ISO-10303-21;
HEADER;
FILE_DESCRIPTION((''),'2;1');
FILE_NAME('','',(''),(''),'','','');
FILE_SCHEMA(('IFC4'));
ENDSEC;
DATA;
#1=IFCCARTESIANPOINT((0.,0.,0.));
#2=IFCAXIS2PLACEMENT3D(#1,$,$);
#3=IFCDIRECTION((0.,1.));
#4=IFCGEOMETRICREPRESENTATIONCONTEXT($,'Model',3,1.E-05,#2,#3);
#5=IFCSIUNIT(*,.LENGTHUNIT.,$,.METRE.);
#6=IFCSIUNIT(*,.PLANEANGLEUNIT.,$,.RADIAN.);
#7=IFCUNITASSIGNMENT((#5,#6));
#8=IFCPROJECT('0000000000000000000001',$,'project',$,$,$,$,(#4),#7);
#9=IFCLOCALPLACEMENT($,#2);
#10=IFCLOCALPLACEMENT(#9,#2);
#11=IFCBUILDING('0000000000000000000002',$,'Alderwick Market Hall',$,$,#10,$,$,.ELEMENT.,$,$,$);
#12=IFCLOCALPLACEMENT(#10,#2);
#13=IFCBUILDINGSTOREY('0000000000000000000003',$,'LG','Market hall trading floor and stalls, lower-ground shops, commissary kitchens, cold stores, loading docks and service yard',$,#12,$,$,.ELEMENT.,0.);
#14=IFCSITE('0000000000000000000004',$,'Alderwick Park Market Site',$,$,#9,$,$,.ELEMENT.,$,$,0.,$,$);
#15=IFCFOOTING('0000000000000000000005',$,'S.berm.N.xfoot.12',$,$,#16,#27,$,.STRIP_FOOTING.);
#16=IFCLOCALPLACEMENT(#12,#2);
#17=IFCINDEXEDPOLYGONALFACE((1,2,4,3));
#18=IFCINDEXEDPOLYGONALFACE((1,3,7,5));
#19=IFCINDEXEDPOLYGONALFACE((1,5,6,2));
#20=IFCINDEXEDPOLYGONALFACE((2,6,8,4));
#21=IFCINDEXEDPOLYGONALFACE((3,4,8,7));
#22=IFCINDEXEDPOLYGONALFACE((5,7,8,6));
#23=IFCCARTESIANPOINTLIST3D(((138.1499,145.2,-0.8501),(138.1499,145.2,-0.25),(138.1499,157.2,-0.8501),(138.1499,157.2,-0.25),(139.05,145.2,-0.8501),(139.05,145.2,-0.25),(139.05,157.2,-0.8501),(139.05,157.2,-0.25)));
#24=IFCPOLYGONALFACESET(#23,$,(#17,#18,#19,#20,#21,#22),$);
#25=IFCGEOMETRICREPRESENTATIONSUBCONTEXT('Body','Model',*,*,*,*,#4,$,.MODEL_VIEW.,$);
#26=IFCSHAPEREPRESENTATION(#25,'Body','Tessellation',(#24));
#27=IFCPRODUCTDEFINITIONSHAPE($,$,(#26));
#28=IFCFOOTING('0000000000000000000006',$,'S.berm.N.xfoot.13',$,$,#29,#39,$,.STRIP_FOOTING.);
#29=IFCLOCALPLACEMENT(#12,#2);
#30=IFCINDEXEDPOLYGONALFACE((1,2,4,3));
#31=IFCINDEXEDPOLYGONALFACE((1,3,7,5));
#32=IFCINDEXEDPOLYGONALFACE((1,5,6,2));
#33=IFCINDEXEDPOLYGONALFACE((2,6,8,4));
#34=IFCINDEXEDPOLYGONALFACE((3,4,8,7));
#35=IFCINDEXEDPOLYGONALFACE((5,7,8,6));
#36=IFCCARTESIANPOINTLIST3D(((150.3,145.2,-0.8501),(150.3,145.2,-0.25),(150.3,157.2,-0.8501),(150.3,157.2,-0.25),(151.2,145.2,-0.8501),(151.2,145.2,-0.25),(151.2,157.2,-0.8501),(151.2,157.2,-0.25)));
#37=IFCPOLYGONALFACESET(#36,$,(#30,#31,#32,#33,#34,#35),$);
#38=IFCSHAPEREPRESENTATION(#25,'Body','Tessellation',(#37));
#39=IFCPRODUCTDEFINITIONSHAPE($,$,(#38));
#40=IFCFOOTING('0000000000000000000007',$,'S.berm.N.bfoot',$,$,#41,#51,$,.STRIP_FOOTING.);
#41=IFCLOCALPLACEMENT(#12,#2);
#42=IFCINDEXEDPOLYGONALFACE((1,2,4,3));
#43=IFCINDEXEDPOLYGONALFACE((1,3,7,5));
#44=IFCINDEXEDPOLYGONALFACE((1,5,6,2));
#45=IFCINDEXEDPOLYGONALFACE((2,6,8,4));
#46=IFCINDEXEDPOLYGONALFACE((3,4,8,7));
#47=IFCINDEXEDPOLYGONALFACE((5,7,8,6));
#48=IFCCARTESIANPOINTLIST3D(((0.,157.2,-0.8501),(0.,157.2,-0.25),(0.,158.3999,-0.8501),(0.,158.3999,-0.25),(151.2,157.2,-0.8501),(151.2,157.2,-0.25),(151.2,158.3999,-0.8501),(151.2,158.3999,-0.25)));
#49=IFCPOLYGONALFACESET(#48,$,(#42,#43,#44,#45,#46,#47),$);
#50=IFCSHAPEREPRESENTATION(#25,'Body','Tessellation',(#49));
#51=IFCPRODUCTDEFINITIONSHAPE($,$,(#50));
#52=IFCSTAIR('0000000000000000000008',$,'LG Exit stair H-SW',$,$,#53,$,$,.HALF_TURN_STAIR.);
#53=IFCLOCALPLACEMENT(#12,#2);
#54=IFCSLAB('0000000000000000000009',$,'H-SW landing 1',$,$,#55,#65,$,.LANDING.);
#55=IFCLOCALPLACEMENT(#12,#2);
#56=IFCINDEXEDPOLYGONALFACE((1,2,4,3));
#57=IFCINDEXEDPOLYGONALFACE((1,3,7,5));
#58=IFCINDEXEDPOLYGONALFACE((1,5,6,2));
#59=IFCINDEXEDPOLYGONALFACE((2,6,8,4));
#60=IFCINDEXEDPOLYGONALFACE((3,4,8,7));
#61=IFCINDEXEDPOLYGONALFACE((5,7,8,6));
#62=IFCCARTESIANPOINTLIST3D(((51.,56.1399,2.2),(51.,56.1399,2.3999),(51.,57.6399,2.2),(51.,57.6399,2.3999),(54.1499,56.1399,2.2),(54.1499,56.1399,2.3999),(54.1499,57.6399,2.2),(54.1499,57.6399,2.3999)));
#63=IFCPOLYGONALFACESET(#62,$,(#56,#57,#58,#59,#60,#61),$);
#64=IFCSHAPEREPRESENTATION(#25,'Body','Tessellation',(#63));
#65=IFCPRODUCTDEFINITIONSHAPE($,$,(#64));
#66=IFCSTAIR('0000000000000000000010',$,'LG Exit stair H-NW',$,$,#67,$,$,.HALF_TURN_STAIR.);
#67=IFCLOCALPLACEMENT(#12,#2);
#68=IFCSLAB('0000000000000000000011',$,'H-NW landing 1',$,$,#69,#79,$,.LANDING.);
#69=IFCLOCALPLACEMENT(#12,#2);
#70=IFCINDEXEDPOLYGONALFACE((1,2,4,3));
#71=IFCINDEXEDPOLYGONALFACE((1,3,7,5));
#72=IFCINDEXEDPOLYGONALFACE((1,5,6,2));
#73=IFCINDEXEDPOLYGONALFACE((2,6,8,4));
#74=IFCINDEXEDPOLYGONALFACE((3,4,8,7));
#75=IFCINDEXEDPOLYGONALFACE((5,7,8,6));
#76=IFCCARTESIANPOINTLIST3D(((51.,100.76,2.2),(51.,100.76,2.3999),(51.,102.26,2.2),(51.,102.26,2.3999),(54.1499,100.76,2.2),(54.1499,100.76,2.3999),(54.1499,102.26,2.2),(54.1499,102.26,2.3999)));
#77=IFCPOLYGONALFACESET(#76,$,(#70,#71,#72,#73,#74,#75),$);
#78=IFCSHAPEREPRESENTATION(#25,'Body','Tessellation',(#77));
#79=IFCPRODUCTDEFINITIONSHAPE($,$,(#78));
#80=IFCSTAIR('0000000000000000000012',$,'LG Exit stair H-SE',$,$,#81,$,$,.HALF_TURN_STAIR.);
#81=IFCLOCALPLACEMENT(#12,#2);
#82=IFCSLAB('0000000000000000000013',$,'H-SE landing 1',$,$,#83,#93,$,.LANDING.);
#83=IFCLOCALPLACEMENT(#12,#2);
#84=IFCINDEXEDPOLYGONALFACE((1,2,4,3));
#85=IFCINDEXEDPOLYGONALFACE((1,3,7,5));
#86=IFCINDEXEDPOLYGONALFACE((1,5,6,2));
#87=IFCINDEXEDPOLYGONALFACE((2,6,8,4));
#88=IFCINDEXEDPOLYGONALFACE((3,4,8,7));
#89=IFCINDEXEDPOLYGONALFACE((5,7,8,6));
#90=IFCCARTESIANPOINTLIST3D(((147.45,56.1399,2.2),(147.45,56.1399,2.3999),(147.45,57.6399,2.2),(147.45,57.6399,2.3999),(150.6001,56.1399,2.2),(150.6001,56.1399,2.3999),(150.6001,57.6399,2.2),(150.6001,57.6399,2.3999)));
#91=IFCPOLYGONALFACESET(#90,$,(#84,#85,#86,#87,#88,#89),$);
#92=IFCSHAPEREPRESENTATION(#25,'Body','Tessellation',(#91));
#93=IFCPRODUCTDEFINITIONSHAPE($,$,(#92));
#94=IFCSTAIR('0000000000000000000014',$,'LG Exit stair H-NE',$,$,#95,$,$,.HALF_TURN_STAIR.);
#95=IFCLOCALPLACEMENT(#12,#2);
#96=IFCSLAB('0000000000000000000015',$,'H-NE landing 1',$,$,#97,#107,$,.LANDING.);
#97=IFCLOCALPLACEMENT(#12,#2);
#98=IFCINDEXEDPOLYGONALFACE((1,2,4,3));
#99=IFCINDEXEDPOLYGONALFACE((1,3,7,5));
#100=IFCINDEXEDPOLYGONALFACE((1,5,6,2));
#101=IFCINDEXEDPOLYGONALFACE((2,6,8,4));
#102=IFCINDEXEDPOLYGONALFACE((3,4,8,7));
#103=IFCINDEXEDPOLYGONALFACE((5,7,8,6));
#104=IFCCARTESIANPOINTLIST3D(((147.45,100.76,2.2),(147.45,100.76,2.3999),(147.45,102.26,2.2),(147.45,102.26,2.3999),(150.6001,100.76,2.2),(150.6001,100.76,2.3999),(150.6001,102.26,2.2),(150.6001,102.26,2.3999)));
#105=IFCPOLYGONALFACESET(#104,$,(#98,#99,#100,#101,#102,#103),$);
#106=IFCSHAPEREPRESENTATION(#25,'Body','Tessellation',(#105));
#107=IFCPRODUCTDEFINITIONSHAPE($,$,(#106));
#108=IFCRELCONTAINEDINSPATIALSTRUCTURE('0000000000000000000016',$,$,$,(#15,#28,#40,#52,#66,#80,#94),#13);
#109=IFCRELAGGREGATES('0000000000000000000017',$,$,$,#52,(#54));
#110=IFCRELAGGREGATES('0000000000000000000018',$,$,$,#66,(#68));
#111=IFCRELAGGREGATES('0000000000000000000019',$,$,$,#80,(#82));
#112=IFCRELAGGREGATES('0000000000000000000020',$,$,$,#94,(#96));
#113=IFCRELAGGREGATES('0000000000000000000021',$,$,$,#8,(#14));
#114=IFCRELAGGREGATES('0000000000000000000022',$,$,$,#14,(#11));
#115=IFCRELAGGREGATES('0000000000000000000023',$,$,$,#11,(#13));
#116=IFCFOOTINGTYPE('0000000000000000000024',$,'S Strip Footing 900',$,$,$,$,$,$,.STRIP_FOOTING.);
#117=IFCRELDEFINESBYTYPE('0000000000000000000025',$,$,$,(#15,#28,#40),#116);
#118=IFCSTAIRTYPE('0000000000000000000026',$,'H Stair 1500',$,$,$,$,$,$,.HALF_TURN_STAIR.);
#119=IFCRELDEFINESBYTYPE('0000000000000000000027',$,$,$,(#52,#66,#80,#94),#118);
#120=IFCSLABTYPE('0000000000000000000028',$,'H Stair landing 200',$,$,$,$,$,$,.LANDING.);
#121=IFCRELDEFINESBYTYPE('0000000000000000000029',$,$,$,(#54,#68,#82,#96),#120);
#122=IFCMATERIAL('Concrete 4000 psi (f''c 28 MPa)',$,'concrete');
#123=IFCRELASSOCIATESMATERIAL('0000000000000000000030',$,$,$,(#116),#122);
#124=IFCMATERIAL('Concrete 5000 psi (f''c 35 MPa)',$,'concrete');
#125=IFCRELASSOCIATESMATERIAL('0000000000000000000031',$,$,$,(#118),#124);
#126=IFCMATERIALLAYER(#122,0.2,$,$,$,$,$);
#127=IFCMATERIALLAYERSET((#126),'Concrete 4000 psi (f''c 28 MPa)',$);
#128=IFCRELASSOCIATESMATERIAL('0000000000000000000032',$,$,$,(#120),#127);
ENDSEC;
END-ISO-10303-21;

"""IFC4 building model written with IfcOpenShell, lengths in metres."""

from ifc_helpers import new_model, si_unit, direction, frame, origin, place, context, subcontext, project, spatial, polyline, outline, extrude, material, layer, layer_set, type_object, element, aggregate, save


model = new_model("IFC4")

# Units and contexts
model_context = context("Model", 3, precision=1e-05, world=origin(), true_north=direction((0.0, 1.0)))
body_context = subcontext(model_context, "Body", "Model", "MODEL_VIEW")
ifc_project = project(units=[si_unit("LENGTHUNIT", "METRE"), si_unit("PLANEANGLEUNIT", "RADIAN")], contexts=[model_context])

# Site, building, storey
site_placement = place(None, origin())
site = spatial("IfcSite", under=ifc_project, at=site_placement, Name="Alderwick Park Market Site", CompositionType="ELEMENT", RefElevation=0.0)
building_placement = place(site_placement, origin())
building = spatial("IfcBuilding", under=site, at=building_placement, Name="Alderwick Market Hall", CompositionType="ELEMENT")
storey_placement = place(building_placement, origin())
storey = spatial("IfcBuildingStorey", under=building, at=storey_placement, Name="LG", Description="Market hall trading floor and stalls, lower-ground shops, commissary kitchens, cold stores, loading docks and service yard", CompositionType="ELEMENT", Elevation=0.0)

# Footings
ifc_material_1 = material(Name="Concrete 4000 psi (f'c 28 MPa)", Category="concrete")
footing_type = type_object("IfcFootingType", Name="S Strip Footing 900", PredefinedType="STRIP_FOOTING", material=ifc_material_1)
footing_1_placement = place(storey_placement, frame((0.0, 0.0, -0.8501)))
element("IfcFooting", 1, at=footing_1_placement, inside=storey, type_object=footing_type, Name="S.berm.N.xfoot.12", PredefinedType="STRIP_FOOTING", context=body_context, shape_type="SweptSolid", body=[
    extrude(outline(polyline([(139.05, 145.2), (139.05, 157.2), (138.1499, 157.2), (138.1499, 145.2), (139.05, 145.2)])), origin(), (0.0, 0.0, 1.0), 0.6001),
])
footing_2_placement = place(storey_placement, frame((0.0, 0.0, -0.8501)))
element("IfcFooting", 2, at=footing_2_placement, inside=storey, type_object=footing_type, Name="S.berm.N.xfoot.13", PredefinedType="STRIP_FOOTING", context=body_context, shape_type="SweptSolid", body=[
    extrude(outline(polyline([(151.2, 145.2), (151.2, 157.2), (150.3, 157.2), (150.3, 145.2), (151.2, 145.2)])), origin(), (0.0, 0.0, 1.0), 0.6001),
])
footing_3_placement = place(storey_placement, frame((0.0, 0.0, -0.8501)))
element("IfcFooting", 3, at=footing_3_placement, inside=storey, type_object=footing_type, Name="S.berm.N.bfoot", PredefinedType="STRIP_FOOTING", context=body_context, shape_type="SweptSolid", body=[
    extrude(outline(polyline([(151.2, 157.2), (151.2, 158.3999), (0.0, 158.3999), (0.0, 157.2), (151.2, 157.2)])), origin(), (0.0, 0.0, 1.0), 0.6001),
])

# Stairs, slabs
ifc_material_2 = material(Name="Concrete 5000 psi (f'c 35 MPa)", Category="concrete")
stair_type = type_object("IfcStairType", Name="H Stair 1500", PredefinedType="HALF_TURN_STAIR", material=ifc_material_2)
stair_1_placement = place(storey_placement, origin())
stair_1 = element("IfcStair", 4, at=stair_1_placement, inside=storey, type_object=stair_type, Name="LG Exit stair H-SW", PredefinedType="HALF_TURN_STAIR")
ifc_layer = layer(ifc_material_1, 0.2)
ifc_layer_set = layer_set([ifc_layer], Name="Concrete 4000 psi (f'c 28 MPa)")
slab_type = type_object("IfcSlabType", Name="H Stair landing 200", PredefinedType="LANDING", material=ifc_layer_set)
slab_1_placement = place(storey_placement, frame((0.0, 0.0, 2.2)))
slab_1 = element("IfcSlab", 5, at=slab_1_placement, type_object=slab_type, Name="H-SW landing 1", PredefinedType="LANDING", context=body_context, shape_type="SweptSolid", body=[
    extrude(outline(polyline([(54.1499, 56.1399), (54.1499, 57.6399), (51.0, 57.6399), (51.0, 56.1399), (54.1499, 56.1399)])), origin(), (0.0, 0.0, 1.0), 0.2),
])
aggregate(stair_1, [slab_1])
stair_2_placement = place(storey_placement, origin())
stair_2 = element("IfcStair", 6, at=stair_2_placement, inside=storey, type_object=stair_type, Name="LG Exit stair H-NW", PredefinedType="HALF_TURN_STAIR")
slab_2_placement = place(storey_placement, frame((0.0, 0.0, 2.2)))
slab_2 = element("IfcSlab", 7, at=slab_2_placement, type_object=slab_type, Name="H-NW landing 1", PredefinedType="LANDING", context=body_context, shape_type="SweptSolid", body=[
    extrude(outline(polyline([(51.0, 102.26), (51.0, 100.76), (54.1499, 100.76), (54.1499, 102.26), (51.0, 102.26)])), origin(), (0.0, 0.0, 1.0), 0.2),
])
aggregate(stair_2, [slab_2])
stair_3_placement = place(storey_placement, origin())
stair_3 = element("IfcStair", 8, at=stair_3_placement, inside=storey, type_object=stair_type, Name="LG Exit stair H-SE", PredefinedType="HALF_TURN_STAIR")
slab_3_placement = place(storey_placement, frame((0.0, 0.0, 2.2)))
slab_3 = element("IfcSlab", 9, at=slab_3_placement, type_object=slab_type, Name="H-SE landing 1", PredefinedType="LANDING", context=body_context, shape_type="SweptSolid", body=[
    extrude(outline(polyline([(150.6001, 56.1399), (150.6001, 57.6399), (147.45, 57.6399), (147.45, 56.1399), (150.6001, 56.1399)])), origin(), (0.0, 0.0, 1.0), 0.2),
])
aggregate(stair_3, [slab_3])
stair_4_placement = place(storey_placement, origin())
stair_4 = element("IfcStair", 10, at=stair_4_placement, inside=storey, type_object=stair_type, Name="LG Exit stair H-NE", PredefinedType="HALF_TURN_STAIR")
slab_4_placement = place(storey_placement, frame((0.0, 0.0, 2.2)))
slab_4 = element("IfcSlab", 11, at=slab_4_placement, type_object=slab_type, Name="H-NE landing 1", PredefinedType="LANDING", context=body_context, shape_type="SweptSolid", body=[
    extrude(outline(polyline([(147.45, 102.26), (147.45, 100.76), (150.6001, 100.76), (150.6001, 102.26), (147.45, 102.26)])), origin(), (0.0, 0.0, 1.0), 0.2),
])
aggregate(stair_4, [slab_4])

save(model, "model.ifc")
